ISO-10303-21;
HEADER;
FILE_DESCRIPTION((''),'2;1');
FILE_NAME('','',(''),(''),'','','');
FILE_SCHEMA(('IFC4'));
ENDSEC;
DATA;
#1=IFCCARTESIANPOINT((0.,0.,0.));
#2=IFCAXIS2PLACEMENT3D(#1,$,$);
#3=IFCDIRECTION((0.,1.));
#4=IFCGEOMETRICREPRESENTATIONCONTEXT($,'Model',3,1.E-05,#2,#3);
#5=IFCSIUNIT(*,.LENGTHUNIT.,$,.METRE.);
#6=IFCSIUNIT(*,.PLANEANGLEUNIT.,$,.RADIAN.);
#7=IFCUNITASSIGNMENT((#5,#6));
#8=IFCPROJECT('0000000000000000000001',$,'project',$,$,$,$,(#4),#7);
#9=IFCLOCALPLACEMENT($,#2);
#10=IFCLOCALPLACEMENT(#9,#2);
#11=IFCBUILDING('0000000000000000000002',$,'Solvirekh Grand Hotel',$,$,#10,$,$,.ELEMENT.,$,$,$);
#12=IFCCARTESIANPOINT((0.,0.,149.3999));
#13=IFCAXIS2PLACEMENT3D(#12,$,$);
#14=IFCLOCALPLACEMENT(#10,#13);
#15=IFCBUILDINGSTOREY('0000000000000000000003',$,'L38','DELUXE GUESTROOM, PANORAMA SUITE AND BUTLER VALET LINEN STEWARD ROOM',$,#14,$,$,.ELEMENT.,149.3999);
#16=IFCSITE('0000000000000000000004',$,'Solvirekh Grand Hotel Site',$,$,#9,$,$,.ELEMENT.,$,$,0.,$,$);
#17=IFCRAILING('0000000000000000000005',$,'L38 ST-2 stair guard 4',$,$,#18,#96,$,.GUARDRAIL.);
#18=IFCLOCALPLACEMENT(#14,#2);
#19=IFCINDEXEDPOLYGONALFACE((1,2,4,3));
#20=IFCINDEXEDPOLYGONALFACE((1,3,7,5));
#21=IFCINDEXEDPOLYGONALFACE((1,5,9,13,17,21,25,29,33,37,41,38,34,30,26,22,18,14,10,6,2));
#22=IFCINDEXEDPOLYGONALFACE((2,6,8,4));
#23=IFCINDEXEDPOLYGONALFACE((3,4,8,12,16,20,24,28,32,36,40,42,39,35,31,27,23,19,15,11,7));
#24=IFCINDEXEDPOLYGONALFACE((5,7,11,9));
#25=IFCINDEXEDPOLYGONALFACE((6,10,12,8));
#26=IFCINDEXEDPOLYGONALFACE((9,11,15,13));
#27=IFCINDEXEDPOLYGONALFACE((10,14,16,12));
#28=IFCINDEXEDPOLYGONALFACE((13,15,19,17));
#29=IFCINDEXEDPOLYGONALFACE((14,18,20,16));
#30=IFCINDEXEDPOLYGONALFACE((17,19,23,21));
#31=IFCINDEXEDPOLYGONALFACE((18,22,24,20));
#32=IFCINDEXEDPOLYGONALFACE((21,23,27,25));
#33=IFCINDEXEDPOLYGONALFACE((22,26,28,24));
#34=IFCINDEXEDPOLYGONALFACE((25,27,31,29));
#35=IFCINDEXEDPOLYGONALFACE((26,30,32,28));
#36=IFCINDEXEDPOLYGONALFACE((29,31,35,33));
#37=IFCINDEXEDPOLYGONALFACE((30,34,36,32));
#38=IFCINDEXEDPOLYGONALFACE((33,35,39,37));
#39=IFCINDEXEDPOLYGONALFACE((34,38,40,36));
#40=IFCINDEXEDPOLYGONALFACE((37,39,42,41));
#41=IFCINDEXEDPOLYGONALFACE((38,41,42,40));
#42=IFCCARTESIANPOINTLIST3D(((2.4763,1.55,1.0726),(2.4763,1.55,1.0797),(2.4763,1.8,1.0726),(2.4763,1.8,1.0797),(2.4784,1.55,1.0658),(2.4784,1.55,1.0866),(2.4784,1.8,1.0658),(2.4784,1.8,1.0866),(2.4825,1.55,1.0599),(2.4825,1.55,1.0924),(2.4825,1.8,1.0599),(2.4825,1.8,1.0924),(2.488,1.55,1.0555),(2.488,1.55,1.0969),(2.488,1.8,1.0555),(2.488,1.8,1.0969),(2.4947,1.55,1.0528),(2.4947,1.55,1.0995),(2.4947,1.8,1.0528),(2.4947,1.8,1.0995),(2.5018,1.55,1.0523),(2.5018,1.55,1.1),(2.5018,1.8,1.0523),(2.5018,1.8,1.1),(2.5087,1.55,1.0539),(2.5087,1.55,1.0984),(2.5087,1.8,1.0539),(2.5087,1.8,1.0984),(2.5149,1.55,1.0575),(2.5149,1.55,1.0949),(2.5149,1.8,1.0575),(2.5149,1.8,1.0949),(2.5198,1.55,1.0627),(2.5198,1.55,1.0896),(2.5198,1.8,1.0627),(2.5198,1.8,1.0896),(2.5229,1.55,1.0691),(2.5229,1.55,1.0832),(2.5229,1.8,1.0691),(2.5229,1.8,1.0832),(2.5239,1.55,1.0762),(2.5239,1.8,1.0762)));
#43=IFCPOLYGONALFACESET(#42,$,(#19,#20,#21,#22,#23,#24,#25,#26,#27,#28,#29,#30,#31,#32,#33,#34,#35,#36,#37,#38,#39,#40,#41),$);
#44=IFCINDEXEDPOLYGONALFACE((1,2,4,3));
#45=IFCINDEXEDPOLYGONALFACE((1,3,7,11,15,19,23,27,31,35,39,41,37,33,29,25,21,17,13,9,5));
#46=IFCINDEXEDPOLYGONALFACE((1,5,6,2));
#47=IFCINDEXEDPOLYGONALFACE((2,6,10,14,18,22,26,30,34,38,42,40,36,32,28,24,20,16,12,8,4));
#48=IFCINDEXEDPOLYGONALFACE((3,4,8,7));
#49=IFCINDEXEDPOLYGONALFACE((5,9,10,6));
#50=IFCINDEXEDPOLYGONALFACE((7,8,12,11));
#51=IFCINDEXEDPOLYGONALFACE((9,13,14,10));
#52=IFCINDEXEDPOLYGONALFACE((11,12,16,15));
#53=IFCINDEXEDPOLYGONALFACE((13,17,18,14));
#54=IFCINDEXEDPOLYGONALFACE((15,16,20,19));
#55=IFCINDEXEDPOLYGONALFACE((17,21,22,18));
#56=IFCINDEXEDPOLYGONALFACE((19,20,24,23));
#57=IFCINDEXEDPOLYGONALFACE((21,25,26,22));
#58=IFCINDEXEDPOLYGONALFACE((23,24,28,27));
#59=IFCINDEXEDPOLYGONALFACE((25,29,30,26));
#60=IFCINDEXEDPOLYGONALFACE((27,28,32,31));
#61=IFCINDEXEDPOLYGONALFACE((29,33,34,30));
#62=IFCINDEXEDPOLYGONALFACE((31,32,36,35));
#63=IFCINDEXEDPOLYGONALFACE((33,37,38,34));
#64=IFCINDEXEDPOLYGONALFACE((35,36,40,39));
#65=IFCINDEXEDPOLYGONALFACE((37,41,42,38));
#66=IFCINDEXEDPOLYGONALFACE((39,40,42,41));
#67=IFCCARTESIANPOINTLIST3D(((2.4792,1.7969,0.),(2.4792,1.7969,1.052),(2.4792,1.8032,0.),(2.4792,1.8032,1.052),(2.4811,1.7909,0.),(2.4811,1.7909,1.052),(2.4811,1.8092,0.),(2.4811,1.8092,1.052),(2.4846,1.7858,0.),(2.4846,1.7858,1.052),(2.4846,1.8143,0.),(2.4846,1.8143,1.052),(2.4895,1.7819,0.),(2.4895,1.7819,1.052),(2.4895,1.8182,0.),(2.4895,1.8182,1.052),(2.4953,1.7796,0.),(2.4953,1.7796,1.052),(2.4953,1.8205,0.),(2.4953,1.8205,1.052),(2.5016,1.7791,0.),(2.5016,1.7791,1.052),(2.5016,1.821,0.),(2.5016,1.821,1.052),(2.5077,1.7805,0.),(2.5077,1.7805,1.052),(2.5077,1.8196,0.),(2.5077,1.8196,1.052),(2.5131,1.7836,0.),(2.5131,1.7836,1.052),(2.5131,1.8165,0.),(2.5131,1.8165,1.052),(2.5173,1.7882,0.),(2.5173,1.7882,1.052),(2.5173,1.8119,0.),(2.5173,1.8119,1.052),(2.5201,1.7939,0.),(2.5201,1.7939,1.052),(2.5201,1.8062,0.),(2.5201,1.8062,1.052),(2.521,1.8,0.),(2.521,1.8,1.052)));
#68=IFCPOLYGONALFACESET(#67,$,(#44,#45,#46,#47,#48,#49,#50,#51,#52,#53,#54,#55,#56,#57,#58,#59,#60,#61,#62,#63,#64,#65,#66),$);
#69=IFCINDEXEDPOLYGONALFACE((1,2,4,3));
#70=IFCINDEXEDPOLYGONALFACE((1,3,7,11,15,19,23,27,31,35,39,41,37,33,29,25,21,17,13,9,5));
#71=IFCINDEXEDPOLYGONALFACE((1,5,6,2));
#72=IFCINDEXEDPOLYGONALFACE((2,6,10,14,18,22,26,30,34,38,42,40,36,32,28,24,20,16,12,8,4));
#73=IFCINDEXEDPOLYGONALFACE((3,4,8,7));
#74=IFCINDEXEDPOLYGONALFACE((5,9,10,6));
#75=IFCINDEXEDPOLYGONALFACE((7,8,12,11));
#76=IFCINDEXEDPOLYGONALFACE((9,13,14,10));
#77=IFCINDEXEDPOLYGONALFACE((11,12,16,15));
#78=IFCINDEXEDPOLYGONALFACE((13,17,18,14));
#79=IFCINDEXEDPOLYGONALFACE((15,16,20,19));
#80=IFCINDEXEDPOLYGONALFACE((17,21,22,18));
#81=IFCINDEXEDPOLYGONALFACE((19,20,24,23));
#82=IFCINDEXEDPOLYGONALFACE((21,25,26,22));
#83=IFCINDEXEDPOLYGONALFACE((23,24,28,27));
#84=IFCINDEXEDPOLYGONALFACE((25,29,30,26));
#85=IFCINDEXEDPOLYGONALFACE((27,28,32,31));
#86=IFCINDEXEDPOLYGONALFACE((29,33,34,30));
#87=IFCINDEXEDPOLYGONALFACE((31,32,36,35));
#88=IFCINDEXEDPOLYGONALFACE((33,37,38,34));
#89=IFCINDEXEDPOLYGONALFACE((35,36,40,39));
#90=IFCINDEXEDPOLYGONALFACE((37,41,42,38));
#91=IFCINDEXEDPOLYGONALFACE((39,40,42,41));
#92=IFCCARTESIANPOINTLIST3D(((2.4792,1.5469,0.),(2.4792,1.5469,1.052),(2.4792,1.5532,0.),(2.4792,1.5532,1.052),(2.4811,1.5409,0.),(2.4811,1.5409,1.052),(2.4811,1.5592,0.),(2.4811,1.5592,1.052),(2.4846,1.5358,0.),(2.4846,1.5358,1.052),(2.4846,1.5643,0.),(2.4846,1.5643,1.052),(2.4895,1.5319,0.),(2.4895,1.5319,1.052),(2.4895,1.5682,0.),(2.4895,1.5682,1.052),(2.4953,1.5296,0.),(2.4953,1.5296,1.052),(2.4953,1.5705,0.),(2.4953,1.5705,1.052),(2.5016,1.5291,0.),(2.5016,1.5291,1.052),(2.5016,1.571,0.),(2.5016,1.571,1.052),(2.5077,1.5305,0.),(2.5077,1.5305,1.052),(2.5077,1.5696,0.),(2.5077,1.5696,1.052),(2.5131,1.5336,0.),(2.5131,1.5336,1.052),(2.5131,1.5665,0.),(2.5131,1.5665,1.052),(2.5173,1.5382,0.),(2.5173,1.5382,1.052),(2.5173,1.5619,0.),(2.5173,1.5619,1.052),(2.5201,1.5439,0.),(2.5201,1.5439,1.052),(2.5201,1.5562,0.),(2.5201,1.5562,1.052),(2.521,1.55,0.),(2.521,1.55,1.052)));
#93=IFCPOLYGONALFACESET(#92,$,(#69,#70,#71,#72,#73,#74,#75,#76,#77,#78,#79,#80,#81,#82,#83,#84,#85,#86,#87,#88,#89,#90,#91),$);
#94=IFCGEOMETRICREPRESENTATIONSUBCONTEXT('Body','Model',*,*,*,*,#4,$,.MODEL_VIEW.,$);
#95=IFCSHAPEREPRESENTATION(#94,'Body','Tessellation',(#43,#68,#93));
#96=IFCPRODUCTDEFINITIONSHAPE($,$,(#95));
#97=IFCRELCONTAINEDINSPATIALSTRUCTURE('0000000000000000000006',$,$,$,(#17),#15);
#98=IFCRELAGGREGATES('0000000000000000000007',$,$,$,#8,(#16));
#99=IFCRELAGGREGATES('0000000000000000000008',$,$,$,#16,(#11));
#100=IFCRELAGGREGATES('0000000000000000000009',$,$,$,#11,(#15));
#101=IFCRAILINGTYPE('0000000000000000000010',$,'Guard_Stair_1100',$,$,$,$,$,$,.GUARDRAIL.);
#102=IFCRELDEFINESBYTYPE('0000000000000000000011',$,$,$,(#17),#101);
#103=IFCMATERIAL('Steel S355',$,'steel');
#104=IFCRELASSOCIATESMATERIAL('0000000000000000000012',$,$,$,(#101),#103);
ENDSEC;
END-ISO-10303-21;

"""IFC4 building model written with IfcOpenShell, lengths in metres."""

from ifc_helpers import new_model, si_unit, direction, frame, origin, origin_2d, place, context, subcontext, project, spatial, circle, extrude, material, type_object, element, save


model = new_model("IFC4")

# Units and contexts
model_context = context("Model", 3, precision=1e-05, world=origin(), true_north=direction((0.0, 1.0)))
body_context = subcontext(model_context, "Body", "Model", "MODEL_VIEW")
ifc_project = project(units=[si_unit("LENGTHUNIT", "METRE"), si_unit("PLANEANGLEUNIT", "RADIAN")], contexts=[model_context])

# Site, building, storey
site_placement = place(None, origin())
site = spatial("IfcSite", under=ifc_project, at=site_placement, Name="Solvirekh Grand Hotel Site", CompositionType="ELEMENT", RefElevation=0.0)
building_placement = place(site_placement, origin())
building = spatial("IfcBuilding", under=site, at=building_placement, Name="Solvirekh Grand Hotel", CompositionType="ELEMENT")
storey_placement = place(building_placement, frame((0.0, 0.0, 149.3999)))
storey = spatial("IfcBuildingStorey", under=building, at=storey_placement, Name="L38", Description="DELUXE GUESTROOM, PANORAMA SUITE AND BUTLER VALET LINEN STEWARD ROOM", CompositionType="ELEMENT", Elevation=149.3999)

# Shared definitions
ifc_material_1 = material(Name="Steel S355", Category="steel")

# Railing
railing_type_1 = type_object("IfcRailingType", Name="Guard_Stair_1100", PredefinedType="GUARDRAIL", material=ifc_material_1)
railing_1_placement = place(storey_placement, frame((2.5, 1.8, 0.0)))
element("IfcRailing", 1, at=railing_1_placement, inside=storey, type_object=railing_type_1, Name="L38 ST-2 stair guard 4", PredefinedType="GUARDRAIL", context=body_context, shape_type="SweptSolid", body=[
    extrude(circle(Radius=0.0239, at=origin_2d()), frame((0.0, 0.0, 1.0762), z_axis=(0.0, -1.0, 0.0), x_axis=(1.0, 0.0, 0.0)), (0.0, 0.0, 1.0), 0.25),
    extrude(circle(Radius=0.021, at=origin_2d()), origin(), (0.0, 0.0, 1.0), 1.052),
    extrude(circle(Radius=0.021, at=origin_2d()), frame((0.0, -0.25, 0.0)), (0.0, 0.0, 1.0), 1.052),
])

save(model, "model.ifc")
